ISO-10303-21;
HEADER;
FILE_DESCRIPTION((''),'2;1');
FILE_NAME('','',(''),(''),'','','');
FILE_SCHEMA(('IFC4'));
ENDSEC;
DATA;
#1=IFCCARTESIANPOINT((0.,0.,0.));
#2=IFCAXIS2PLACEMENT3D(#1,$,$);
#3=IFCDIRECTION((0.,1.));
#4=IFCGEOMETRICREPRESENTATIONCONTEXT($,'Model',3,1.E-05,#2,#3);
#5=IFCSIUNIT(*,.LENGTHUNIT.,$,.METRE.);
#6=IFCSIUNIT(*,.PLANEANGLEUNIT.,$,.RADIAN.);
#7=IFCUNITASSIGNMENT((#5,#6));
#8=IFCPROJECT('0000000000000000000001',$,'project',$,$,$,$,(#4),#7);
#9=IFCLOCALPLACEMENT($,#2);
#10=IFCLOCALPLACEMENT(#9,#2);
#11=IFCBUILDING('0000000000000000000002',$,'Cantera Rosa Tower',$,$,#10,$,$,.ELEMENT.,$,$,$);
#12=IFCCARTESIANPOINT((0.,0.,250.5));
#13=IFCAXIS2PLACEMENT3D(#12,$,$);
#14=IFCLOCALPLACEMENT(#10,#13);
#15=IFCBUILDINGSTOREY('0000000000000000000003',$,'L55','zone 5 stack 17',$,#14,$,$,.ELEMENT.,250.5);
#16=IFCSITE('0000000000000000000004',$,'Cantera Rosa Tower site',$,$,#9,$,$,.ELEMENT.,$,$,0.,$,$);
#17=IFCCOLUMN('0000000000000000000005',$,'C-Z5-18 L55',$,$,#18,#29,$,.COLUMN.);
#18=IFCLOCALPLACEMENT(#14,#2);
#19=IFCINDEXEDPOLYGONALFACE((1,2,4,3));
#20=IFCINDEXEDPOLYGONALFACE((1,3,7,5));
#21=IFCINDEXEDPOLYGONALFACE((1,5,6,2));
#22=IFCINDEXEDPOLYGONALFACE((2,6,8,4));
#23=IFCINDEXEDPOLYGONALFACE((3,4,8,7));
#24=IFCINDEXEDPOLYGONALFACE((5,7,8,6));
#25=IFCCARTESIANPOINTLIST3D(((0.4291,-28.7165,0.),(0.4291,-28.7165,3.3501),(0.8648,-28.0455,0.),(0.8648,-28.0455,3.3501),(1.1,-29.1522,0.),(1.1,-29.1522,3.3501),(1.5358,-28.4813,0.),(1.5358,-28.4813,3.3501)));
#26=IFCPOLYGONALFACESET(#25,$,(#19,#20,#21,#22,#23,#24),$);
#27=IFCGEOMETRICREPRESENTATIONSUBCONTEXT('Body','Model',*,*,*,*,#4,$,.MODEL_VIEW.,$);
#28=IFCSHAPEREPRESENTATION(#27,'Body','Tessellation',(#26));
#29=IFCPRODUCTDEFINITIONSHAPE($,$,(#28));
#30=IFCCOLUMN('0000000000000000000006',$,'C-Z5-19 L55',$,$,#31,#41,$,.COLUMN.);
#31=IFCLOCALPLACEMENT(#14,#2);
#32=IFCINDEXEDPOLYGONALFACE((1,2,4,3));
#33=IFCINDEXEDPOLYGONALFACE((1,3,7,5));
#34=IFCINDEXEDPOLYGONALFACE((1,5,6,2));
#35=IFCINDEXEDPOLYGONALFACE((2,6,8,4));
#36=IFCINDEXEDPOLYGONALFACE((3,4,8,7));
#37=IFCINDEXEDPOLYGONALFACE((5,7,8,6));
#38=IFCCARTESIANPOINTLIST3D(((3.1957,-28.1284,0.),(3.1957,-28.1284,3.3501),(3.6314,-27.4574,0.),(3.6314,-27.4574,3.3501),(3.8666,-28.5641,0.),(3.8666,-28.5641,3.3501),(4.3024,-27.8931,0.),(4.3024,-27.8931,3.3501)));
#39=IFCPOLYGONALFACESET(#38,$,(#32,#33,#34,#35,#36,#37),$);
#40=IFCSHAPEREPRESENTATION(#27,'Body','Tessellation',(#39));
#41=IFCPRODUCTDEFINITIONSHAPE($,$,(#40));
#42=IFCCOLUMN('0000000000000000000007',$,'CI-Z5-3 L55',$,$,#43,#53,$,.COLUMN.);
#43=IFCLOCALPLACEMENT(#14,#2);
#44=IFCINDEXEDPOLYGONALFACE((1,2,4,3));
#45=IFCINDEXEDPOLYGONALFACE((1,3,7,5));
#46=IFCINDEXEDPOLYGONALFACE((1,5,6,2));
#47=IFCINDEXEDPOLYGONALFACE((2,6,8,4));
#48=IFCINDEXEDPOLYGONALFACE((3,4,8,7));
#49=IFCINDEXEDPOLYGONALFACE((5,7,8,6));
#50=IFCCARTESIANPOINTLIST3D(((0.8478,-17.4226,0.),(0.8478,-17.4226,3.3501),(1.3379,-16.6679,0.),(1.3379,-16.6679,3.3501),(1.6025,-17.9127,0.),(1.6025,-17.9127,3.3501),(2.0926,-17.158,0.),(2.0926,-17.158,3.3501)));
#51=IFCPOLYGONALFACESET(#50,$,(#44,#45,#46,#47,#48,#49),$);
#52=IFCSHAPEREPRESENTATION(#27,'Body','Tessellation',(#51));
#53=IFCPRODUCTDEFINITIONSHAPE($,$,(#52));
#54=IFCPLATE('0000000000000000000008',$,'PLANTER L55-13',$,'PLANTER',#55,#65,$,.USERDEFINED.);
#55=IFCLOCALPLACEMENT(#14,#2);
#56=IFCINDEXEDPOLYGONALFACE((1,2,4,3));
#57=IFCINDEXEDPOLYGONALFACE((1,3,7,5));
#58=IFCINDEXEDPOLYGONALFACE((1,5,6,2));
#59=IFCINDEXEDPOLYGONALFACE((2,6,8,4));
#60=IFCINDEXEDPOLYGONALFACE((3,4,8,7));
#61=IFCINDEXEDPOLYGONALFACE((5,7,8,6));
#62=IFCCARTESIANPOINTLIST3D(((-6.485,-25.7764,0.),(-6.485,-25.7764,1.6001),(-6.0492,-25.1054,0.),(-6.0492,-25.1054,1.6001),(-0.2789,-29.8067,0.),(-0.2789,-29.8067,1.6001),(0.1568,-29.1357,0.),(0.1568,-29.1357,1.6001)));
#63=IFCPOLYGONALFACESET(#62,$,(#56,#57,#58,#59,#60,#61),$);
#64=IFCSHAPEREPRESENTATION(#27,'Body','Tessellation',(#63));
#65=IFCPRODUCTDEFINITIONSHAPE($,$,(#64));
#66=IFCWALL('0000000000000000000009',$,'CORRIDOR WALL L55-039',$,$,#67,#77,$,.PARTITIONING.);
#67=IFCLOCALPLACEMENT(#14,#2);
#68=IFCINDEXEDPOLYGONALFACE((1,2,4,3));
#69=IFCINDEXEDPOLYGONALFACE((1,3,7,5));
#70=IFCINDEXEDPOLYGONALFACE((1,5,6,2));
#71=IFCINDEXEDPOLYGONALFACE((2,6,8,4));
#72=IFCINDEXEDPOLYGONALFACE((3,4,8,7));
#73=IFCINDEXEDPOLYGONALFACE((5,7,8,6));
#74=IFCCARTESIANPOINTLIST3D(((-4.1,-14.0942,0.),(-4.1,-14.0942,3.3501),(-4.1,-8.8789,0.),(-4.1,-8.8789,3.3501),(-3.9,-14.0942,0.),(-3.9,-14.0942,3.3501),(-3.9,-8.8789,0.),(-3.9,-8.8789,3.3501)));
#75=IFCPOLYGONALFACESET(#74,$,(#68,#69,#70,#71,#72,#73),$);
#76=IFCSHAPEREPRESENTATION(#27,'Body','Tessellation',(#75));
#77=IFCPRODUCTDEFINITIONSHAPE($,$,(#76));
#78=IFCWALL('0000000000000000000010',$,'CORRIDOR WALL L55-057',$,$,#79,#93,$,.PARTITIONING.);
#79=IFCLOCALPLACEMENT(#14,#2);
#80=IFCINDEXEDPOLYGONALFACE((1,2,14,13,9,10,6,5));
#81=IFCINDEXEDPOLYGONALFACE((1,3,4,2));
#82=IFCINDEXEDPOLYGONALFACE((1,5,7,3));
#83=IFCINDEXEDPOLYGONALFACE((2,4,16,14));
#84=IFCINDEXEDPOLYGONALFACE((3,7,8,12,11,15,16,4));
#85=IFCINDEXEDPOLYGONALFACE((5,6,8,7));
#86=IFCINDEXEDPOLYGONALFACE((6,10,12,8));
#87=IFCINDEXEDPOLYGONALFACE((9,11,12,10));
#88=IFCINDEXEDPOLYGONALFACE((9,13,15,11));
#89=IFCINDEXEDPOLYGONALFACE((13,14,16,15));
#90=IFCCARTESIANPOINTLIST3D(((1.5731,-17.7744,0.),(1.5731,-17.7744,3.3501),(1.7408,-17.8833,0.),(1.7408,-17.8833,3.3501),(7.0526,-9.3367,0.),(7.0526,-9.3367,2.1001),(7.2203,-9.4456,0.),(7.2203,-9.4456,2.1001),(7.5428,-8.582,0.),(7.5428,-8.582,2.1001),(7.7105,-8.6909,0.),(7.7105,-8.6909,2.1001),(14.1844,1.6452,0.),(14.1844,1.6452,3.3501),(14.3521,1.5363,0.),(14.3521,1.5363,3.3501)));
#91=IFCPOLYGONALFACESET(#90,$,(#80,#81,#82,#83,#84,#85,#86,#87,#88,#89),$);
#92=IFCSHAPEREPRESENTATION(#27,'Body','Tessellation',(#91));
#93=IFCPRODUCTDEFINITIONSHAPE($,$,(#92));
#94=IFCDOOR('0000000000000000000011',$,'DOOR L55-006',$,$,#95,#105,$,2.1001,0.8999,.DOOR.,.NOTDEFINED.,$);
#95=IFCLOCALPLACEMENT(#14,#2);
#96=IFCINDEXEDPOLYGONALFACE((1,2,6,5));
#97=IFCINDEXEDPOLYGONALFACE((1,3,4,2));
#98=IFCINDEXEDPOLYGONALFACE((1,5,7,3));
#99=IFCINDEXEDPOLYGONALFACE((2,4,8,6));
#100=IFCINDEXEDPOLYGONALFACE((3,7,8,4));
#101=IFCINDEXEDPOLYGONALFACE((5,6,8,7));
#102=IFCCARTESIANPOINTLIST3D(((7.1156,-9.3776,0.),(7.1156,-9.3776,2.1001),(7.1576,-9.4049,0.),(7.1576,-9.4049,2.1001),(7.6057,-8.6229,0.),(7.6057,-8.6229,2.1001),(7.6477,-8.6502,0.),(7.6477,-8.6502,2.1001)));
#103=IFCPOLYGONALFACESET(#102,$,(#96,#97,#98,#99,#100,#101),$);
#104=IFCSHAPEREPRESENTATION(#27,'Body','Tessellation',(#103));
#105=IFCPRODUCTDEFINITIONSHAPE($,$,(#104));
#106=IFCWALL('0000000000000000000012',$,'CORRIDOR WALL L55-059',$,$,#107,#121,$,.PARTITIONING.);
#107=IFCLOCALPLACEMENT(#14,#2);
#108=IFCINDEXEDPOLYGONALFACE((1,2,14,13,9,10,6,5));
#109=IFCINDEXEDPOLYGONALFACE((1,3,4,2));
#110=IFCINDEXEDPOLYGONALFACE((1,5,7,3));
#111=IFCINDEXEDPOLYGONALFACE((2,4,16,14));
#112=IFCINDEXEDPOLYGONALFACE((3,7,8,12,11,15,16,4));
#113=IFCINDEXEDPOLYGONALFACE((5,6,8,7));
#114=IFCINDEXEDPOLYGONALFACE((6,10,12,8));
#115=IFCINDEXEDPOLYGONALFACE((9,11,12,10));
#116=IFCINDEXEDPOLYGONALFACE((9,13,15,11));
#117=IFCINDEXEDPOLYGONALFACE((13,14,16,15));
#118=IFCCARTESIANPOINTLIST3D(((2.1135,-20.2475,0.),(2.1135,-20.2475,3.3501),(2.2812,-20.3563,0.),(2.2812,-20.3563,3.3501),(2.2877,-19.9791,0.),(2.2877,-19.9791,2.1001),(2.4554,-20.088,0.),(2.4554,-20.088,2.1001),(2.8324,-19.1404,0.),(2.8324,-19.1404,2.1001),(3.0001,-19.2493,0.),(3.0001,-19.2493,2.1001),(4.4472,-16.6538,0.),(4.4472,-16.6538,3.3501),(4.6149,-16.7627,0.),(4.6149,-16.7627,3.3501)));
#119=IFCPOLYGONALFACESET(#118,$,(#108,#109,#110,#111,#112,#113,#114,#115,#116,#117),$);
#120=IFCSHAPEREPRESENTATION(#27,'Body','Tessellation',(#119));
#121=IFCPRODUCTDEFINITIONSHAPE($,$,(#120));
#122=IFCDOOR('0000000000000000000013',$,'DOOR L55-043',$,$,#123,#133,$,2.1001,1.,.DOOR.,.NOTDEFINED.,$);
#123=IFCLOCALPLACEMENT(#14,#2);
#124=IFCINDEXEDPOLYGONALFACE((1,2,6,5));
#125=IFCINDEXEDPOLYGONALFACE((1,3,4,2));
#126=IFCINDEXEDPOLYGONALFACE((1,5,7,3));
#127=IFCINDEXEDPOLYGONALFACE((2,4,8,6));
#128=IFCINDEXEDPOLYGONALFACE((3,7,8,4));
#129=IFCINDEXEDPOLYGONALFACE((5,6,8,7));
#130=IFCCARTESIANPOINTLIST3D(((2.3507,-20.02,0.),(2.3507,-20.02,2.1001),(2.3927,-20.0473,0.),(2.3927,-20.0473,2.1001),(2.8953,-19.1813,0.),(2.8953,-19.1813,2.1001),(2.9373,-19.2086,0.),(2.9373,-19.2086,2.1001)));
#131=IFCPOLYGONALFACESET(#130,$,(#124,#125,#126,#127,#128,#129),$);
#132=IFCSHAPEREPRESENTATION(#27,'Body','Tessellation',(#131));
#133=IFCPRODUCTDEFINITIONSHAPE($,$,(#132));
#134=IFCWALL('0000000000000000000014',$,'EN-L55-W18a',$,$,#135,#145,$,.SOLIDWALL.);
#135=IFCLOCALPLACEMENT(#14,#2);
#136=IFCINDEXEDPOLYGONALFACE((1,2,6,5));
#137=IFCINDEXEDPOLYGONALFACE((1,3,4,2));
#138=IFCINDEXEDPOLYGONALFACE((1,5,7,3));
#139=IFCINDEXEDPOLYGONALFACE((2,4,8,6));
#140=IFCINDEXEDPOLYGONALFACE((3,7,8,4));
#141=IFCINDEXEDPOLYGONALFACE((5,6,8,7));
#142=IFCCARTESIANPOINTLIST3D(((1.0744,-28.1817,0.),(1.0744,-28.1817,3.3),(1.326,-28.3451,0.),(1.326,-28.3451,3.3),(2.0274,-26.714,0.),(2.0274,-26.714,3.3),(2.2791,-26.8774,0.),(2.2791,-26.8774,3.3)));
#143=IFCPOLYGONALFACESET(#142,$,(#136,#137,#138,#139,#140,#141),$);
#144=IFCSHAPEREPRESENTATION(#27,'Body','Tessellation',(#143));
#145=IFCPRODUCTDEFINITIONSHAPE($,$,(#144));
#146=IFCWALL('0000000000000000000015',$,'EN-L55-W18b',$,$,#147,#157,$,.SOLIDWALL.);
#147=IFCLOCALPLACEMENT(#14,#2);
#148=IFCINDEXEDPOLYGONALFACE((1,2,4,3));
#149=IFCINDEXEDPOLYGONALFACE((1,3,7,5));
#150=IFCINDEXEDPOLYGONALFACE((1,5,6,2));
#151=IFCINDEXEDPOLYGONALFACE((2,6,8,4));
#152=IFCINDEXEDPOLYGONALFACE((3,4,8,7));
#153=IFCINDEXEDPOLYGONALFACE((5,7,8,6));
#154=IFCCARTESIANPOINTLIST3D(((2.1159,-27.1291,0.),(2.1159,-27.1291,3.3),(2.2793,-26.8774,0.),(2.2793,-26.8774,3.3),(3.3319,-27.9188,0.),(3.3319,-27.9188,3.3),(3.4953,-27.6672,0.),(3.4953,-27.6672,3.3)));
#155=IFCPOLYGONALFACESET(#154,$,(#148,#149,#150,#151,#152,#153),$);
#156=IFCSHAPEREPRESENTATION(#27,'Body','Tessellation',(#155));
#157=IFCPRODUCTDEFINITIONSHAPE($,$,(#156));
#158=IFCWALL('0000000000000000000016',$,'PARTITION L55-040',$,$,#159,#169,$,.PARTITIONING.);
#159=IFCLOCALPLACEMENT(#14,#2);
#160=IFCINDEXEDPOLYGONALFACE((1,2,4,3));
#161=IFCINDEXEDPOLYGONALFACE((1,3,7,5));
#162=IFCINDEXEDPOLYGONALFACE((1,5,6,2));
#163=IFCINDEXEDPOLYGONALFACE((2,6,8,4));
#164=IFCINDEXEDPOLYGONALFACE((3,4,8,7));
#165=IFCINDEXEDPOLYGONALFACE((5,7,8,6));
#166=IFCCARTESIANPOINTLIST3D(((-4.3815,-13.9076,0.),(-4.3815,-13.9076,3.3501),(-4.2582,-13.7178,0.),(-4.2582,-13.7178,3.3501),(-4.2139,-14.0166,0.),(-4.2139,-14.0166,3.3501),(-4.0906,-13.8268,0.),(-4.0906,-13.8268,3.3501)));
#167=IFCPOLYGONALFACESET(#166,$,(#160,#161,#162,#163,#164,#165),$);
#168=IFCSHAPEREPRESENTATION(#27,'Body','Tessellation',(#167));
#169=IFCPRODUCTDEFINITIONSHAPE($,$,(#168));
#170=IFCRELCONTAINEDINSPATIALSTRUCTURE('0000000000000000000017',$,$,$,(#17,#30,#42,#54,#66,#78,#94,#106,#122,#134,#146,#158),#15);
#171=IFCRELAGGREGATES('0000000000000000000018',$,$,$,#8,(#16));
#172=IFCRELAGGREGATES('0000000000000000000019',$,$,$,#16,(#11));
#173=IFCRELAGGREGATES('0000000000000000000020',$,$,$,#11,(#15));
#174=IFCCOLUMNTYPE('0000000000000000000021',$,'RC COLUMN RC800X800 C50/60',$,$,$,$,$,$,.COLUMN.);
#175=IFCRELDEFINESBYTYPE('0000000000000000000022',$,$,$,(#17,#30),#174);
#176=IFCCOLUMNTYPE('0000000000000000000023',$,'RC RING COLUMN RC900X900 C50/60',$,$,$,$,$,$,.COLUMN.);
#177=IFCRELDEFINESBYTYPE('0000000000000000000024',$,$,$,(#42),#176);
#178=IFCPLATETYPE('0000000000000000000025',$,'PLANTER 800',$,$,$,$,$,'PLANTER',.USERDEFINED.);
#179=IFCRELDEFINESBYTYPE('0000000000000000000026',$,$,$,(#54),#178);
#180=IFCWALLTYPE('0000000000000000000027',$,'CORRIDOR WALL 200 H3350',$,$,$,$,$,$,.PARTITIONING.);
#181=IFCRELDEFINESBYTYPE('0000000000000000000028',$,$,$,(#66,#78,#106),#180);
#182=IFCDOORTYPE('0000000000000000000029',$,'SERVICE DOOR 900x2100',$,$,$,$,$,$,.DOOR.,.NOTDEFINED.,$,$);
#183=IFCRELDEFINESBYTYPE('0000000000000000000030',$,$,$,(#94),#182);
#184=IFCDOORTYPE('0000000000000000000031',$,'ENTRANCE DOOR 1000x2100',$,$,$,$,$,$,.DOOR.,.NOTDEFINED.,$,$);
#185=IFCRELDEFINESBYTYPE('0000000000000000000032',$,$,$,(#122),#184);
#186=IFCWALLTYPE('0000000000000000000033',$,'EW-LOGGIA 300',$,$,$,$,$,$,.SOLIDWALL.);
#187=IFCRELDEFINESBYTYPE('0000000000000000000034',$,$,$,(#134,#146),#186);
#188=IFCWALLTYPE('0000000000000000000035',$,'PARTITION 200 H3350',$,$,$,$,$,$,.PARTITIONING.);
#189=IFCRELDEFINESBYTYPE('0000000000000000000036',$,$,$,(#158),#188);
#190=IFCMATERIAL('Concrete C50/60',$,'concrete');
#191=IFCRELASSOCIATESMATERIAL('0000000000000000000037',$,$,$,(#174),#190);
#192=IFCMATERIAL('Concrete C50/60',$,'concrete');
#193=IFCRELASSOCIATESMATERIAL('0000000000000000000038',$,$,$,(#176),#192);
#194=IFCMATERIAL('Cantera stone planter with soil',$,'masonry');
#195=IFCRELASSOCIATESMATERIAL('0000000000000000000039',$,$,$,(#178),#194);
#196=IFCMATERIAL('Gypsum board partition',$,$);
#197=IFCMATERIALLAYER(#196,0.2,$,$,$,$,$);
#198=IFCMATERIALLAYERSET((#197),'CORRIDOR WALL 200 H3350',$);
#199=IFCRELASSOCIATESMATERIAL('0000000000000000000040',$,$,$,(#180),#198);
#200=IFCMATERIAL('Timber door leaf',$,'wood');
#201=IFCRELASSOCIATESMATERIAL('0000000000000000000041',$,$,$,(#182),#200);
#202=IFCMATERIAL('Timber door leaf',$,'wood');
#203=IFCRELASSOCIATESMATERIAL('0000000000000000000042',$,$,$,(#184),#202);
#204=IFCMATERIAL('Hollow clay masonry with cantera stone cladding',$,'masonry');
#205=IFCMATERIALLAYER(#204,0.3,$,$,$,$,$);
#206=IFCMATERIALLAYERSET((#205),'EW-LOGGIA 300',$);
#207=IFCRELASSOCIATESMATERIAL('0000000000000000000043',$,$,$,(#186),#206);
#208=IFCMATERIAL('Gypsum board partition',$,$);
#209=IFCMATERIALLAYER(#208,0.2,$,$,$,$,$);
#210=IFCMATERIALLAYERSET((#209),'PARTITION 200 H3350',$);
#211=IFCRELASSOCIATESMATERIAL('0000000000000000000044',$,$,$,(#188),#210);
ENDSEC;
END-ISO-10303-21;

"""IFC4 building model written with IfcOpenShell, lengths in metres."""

from ifc_helpers import new_model, si_unit, direction, frame, frame_2d, origin, origin_2d, place, context, subcontext, project, spatial, rectangle, extrude, material, layer, layer_set, material_profile, profile_set, type_object, element, fill, save


model = new_model("IFC4")

# Units and contexts
model_context = context("Model", 3, precision=1e-05, world=origin(), true_north=direction((0.0, 1.0)))
body_context = subcontext(model_context, "Body", "Model", "MODEL_VIEW")
ifc_project = project(units=[si_unit("LENGTHUNIT", "METRE"), si_unit("PLANEANGLEUNIT", "RADIAN")], contexts=[model_context])

# Site, building, storey
site_placement = place(None, origin())
site = spatial("IfcSite", under=ifc_project, at=site_placement, Name="Cantera Rosa Tower site", CompositionType="ELEMENT", RefElevation=0.0)
building_placement = place(site_placement, origin())
building = spatial("IfcBuilding", under=site, at=building_placement, Name="Cantera Rosa Tower", CompositionType="ELEMENT")
storey_placement = place(building_placement, frame((0.0, 0.0, 250.5)))
storey = spatial("IfcBuildingStorey", under=building, at=storey_placement, Name="L55", Description="zone 5 stack 17", CompositionType="ELEMENT", Elevation=250.5)

# Columns
ifc_material_1 = material(Name="Concrete C50/60", Category="concrete")
ifc_material_profile_1 = material_profile(ifc_material_1, rectangle(XDim=0.8, YDim=0.8, at=origin_2d()), Name="RC COLUMN RC800X800 C50/60")
ifc_profile_set_1 = profile_set([ifc_material_profile_1], Name="Concrete C50/60")
column_type_1 = type_object("IfcColumnType", Name="RC COLUMN RC800X800 C50/60", PredefinedType="COLUMN", material=ifc_profile_set_1)
for number, where, z_axis, x_axis, name in (
    (1, (0.9824, -28.5989, 0.0), (0.0, 0.0, 1.0), (0.544639, 0.838671, 0.0), "C-Z5-18 L55"),
    (2, (3.749, -28.0107, 0.0), (0.0, 0.0, 1.0), (0.544639, 0.838671, 0.0), "C-Z5-19 L55"),
):
    element("IfcColumn", number, at=place(storey_placement, frame(where, z_axis=z_axis, x_axis=x_axis)), inside=storey, type_object=column_type_1, Name=name, PredefinedType="COLUMN", context=body_context, shape_type="SweptSolid", body=[
        extrude(rectangle(XDim=0.8, YDim=0.8, at=origin_2d()), origin(), (0.0, 0.0, 1.0), 3.3501),
    ])
ifc_material_2 = material(Name="Concrete C50/60", Category="concrete")
ifc_material_profile_2 = material_profile(ifc_material_2, rectangle(XDim=0.8999, YDim=0.8999, at=origin_2d()), Name="RC RING COLUMN RC900X900 C50/60")
ifc_profile_set_2 = profile_set([ifc_material_profile_2], Name="Concrete C50/60")
column_type_2 = type_object("IfcColumnType", Name="RC RING COLUMN RC900X900 C50/60", PredefinedType="COLUMN", material=ifc_profile_set_2)
column_placement = place(storey_placement, frame((1.4702, -17.2903, 0.0), z_axis=(0.0, 0.0, 1.0), x_axis=(0.544639, 0.838671, 0.0)))
element("IfcColumn", 3, at=column_placement, inside=storey, type_object=column_type_2, Name="CI-Z5-3 L55", PredefinedType="COLUMN", context=body_context, shape_type="SweptSolid", body=[
    extrude(rectangle(XDim=0.8999, YDim=0.8999, at=origin_2d()), origin(), (0.0, 0.0, 1.0), 3.3501),
])

# Plate
ifc_material_3 = material(Name="Cantera stone planter with soil", Category="masonry")
plate_type = type_object("IfcPlateType", Name="PLANTER 800", ElementType="PLANTER", PredefinedType="USERDEFINED", material=ifc_material_3)
plate_placement = place(storey_placement, frame((-3.1641, -27.4561, 0.0), z_axis=(0.0, 0.0, 1.0), x_axis=(0.838671, -0.544639, 0.0)))
element("IfcPlate", 4, at=plate_placement, inside=storey, type_object=plate_type, Name="PLANTER L55-13", ObjectType="PLANTER", PredefinedType="USERDEFINED", context=body_context, shape_type="SweptSolid", body=[
    extrude(rectangle(XDim=7.3999, YDim=0.8, at=origin_2d()), origin(), (0.0, 0.0, 1.0), 1.6001),
])

# Wall
ifc_material_4 = material(Name="Gypsum board partition")
ifc_layer_1 = layer(ifc_material_4, 0.2)
ifc_layer_set_1 = layer_set([ifc_layer_1], Name="CORRIDOR WALL 200 H3350")
wall_type_1 = type_object("IfcWallType", Name="CORRIDOR WALL 200 H3350", PredefinedType="PARTITIONING", material=ifc_layer_set_1)
wall_1_placement = place(storey_placement, frame((-4.0, -14.0942, 0.0), z_axis=(0.0, 0.0, 1.0), x_axis=(0.0, 1.0, 0.0)))
element("IfcWall", 5, at=wall_1_placement, inside=storey, type_object=wall_type_1, Name="CORRIDOR WALL L55-039", PredefinedType="PARTITIONING", context=body_context, shape_type="SweptSolid", body=[
    extrude(rectangle(XDim=5.2153, YDim=0.2, at=frame_2d((2.6077, 0.0))), origin(), (0.0, 0.0, 1.0), 3.3501),
])

# Walls, openings, doors
wall_2_placement = place(storey_placement, frame((1.657, -17.8289, 0.0), z_axis=(0.0, 0.0, 1.0), x_axis=(0.54464, 0.83867, 0.0)))
wall_2 = element("IfcWall", 6, at=wall_2_placement, inside=storey, type_object=wall_type_1, Name="CORRIDOR WALL L55-057", PredefinedType="PARTITIONING", context=body_context, shape_type="SweptSolid", body=[
    extrude(rectangle(XDim=23.1553, YDim=0.2, at=frame_2d((11.5776, 0.0))), origin(), (0.0, 0.0, 1.0), 3.3501),
])
opening_1_placement = place(wall_2_placement, frame((10.0608, 0.0, 0.0)))
opening_1 = element("IfcOpeningElement", 7, at=opening_1_placement, cuts=wall_2, PredefinedType="OPENING", context=body_context, shape_type="SweptSolid", body=[
    extrude(rectangle(XDim=0.8999, YDim=2.1001, at=frame_2d((0.45, 1.05))), frame((0.0, 0.1099, 0.0), z_axis=(0.0, -1.0, 0.0), x_axis=(1.0, 0.0, 0.0)), (0.0, 0.0, 1.0), 0.22),
])
ifc_material_5 = material(Name="Timber door leaf", Category="wood")
door_type_1 = type_object("IfcDoorType", Name="SERVICE DOOR 900x2100", OperationType="NOTDEFINED", PredefinedType="DOOR", material=ifc_material_5)
door_1_placement = place(opening_1_placement, origin())
door_1 = element("IfcDoor", 8, at=door_1_placement, inside=storey, type_object=door_type_1, Name="DOOR L55-006", OperationType="NOTDEFINED", OverallHeight=2.1001, OverallWidth=0.8999, PredefinedType="DOOR", context=body_context, shape_type="SweptSolid", body=[
    extrude(rectangle(XDim=0.8999, YDim=2.1001, at=frame_2d((0.45, 1.05))), frame((0.0, 0.0249, 0.0), z_axis=(0.0, -1.0, 0.0), x_axis=(1.0, 0.0, 0.0)), (0.0, 0.0, 1.0), 0.05),
])
fill(opening_1, door_1)
wall_3_placement = place(storey_placement, frame((2.1973, -20.302, 0.0), z_axis=(0.0, 0.0, 1.0), x_axis=(0.544628, 0.838678, 0.0)))
wall_3 = element("IfcWall", 9, at=wall_3_placement, inside=storey, type_object=wall_type_1, Name="CORRIDOR WALL L55-059", PredefinedType="PARTITIONING", context=body_context, shape_type="SweptSolid", body=[
    extrude(rectangle(XDim=4.2849, YDim=0.2, at=frame_2d((2.1426, 0.0))), origin(), (0.0, 0.0, 1.0), 3.3501),
])
opening_2_placement = place(wall_3_placement, frame((0.3201, 0.0, 0.0)))
opening_2 = element("IfcOpeningElement", 10, at=opening_2_placement, cuts=wall_3, PredefinedType="OPENING", context=body_context, shape_type="SweptSolid", body=[
    extrude(rectangle(XDim=1.0, YDim=2.1001, at=frame_2d((0.5, 1.05))), frame((0.0, 0.1099, 0.0), z_axis=(0.0, -1.0, 0.0), x_axis=(1.0, 0.0, 0.0)), (0.0, 0.0, 1.0), 0.22),
])
ifc_material_6 = material(Name="Timber door leaf", Category="wood")
door_type_2 = type_object("IfcDoorType", Name="ENTRANCE DOOR 1000x2100", OperationType="NOTDEFINED", PredefinedType="DOOR", material=ifc_material_6)
door_2_placement = place(opening_2_placement, origin())
door_2 = element("IfcDoor", 11, at=door_2_placement, inside=storey, type_object=door_type_2, Name="DOOR L55-043", OperationType="NOTDEFINED", OverallHeight=2.1001, OverallWidth=1.0, PredefinedType="DOOR", context=body_context, shape_type="SweptSolid", body=[
    extrude(rectangle(XDim=1.0, YDim=2.1001, at=frame_2d((0.5, 1.05))), frame((0.0, 0.0249, 0.0), z_axis=(0.0, -1.0, 0.0), x_axis=(1.0, 0.0, 0.0)), (0.0, 0.0, 1.0), 0.05),
])
fill(opening_2, door_2)

# Walls
ifc_material_7 = material(Name="Hollow clay masonry with cantera stone cladding", Category="masonry")
ifc_layer_2 = layer(ifc_material_7, 0.3)
ifc_layer_set_2 = layer_set([ifc_layer_2], Name="EW-LOGGIA 300")
wall_type_2 = type_object("IfcWallType", Name="EW-LOGGIA 300", PredefinedType="SOLIDWALL", material=ifc_layer_set_2)
wall_4_placement = place(storey_placement, frame((1.2002, -28.2634, 0.0), z_axis=(0.0, 0.0, 1.0), x_axis=(0.544616, 0.838686, 0.0)))
element("IfcWall", 12, at=wall_4_placement, inside=storey, type_object=wall_type_2, Name="EN-L55-W18a", PredefinedType="SOLIDWALL", context=body_context, shape_type="SweptSolid", body=[
    extrude(rectangle(XDim=1.75, YDim=0.3, at=frame_2d((0.875, 0.0))), origin(), (0.0, 0.0, 1.0), 3.3),
])
wall_5_placement = place(storey_placement, frame((2.1975, -27.0032, 0.0), z_axis=(0.0, 0.0, 1.0), x_axis=(0.838647, -0.544675, 0.0)))
element("IfcWall", 13, at=wall_5_placement, inside=storey, type_object=wall_type_2, Name="EN-L55-W18b", PredefinedType="SOLIDWALL", context=body_context, shape_type="SweptSolid", body=[
    extrude(rectangle(XDim=1.45, YDim=0.3, at=frame_2d((0.7251, 0.0))), origin(), (0.0, 0.0, 1.0), 3.3),
])
ifc_material_8 = material(Name="Gypsum board partition")
ifc_layer_3 = layer(ifc_material_8, 0.2)
ifc_layer_set_3 = layer_set([ifc_layer_3], Name="PARTITION 200 H3350")
wall_type_3 = type_object("IfcWallType", Name="PARTITION 200 H3350", PredefinedType="PARTITIONING", material=ifc_layer_set_3)
wall_6_placement = place(storey_placement, frame((-4.1743, -13.7722, 0.0), z_axis=(0.0, 0.0, 1.0), x_axis=(-0.54495, -0.838468, 0.0)))
element("IfcWall", 14, at=wall_6_placement, inside=storey, type_object=wall_type_3, Name="PARTITION L55-040", PredefinedType="PARTITIONING", context=body_context, shape_type="SweptSolid", body=[
    extrude(rectangle(XDim=0.2263, YDim=0.2, at=frame_2d((0.1133, 0.0))), origin(), (0.0, 0.0, 1.0), 3.3501),
])

save(model, "model.ifc")
